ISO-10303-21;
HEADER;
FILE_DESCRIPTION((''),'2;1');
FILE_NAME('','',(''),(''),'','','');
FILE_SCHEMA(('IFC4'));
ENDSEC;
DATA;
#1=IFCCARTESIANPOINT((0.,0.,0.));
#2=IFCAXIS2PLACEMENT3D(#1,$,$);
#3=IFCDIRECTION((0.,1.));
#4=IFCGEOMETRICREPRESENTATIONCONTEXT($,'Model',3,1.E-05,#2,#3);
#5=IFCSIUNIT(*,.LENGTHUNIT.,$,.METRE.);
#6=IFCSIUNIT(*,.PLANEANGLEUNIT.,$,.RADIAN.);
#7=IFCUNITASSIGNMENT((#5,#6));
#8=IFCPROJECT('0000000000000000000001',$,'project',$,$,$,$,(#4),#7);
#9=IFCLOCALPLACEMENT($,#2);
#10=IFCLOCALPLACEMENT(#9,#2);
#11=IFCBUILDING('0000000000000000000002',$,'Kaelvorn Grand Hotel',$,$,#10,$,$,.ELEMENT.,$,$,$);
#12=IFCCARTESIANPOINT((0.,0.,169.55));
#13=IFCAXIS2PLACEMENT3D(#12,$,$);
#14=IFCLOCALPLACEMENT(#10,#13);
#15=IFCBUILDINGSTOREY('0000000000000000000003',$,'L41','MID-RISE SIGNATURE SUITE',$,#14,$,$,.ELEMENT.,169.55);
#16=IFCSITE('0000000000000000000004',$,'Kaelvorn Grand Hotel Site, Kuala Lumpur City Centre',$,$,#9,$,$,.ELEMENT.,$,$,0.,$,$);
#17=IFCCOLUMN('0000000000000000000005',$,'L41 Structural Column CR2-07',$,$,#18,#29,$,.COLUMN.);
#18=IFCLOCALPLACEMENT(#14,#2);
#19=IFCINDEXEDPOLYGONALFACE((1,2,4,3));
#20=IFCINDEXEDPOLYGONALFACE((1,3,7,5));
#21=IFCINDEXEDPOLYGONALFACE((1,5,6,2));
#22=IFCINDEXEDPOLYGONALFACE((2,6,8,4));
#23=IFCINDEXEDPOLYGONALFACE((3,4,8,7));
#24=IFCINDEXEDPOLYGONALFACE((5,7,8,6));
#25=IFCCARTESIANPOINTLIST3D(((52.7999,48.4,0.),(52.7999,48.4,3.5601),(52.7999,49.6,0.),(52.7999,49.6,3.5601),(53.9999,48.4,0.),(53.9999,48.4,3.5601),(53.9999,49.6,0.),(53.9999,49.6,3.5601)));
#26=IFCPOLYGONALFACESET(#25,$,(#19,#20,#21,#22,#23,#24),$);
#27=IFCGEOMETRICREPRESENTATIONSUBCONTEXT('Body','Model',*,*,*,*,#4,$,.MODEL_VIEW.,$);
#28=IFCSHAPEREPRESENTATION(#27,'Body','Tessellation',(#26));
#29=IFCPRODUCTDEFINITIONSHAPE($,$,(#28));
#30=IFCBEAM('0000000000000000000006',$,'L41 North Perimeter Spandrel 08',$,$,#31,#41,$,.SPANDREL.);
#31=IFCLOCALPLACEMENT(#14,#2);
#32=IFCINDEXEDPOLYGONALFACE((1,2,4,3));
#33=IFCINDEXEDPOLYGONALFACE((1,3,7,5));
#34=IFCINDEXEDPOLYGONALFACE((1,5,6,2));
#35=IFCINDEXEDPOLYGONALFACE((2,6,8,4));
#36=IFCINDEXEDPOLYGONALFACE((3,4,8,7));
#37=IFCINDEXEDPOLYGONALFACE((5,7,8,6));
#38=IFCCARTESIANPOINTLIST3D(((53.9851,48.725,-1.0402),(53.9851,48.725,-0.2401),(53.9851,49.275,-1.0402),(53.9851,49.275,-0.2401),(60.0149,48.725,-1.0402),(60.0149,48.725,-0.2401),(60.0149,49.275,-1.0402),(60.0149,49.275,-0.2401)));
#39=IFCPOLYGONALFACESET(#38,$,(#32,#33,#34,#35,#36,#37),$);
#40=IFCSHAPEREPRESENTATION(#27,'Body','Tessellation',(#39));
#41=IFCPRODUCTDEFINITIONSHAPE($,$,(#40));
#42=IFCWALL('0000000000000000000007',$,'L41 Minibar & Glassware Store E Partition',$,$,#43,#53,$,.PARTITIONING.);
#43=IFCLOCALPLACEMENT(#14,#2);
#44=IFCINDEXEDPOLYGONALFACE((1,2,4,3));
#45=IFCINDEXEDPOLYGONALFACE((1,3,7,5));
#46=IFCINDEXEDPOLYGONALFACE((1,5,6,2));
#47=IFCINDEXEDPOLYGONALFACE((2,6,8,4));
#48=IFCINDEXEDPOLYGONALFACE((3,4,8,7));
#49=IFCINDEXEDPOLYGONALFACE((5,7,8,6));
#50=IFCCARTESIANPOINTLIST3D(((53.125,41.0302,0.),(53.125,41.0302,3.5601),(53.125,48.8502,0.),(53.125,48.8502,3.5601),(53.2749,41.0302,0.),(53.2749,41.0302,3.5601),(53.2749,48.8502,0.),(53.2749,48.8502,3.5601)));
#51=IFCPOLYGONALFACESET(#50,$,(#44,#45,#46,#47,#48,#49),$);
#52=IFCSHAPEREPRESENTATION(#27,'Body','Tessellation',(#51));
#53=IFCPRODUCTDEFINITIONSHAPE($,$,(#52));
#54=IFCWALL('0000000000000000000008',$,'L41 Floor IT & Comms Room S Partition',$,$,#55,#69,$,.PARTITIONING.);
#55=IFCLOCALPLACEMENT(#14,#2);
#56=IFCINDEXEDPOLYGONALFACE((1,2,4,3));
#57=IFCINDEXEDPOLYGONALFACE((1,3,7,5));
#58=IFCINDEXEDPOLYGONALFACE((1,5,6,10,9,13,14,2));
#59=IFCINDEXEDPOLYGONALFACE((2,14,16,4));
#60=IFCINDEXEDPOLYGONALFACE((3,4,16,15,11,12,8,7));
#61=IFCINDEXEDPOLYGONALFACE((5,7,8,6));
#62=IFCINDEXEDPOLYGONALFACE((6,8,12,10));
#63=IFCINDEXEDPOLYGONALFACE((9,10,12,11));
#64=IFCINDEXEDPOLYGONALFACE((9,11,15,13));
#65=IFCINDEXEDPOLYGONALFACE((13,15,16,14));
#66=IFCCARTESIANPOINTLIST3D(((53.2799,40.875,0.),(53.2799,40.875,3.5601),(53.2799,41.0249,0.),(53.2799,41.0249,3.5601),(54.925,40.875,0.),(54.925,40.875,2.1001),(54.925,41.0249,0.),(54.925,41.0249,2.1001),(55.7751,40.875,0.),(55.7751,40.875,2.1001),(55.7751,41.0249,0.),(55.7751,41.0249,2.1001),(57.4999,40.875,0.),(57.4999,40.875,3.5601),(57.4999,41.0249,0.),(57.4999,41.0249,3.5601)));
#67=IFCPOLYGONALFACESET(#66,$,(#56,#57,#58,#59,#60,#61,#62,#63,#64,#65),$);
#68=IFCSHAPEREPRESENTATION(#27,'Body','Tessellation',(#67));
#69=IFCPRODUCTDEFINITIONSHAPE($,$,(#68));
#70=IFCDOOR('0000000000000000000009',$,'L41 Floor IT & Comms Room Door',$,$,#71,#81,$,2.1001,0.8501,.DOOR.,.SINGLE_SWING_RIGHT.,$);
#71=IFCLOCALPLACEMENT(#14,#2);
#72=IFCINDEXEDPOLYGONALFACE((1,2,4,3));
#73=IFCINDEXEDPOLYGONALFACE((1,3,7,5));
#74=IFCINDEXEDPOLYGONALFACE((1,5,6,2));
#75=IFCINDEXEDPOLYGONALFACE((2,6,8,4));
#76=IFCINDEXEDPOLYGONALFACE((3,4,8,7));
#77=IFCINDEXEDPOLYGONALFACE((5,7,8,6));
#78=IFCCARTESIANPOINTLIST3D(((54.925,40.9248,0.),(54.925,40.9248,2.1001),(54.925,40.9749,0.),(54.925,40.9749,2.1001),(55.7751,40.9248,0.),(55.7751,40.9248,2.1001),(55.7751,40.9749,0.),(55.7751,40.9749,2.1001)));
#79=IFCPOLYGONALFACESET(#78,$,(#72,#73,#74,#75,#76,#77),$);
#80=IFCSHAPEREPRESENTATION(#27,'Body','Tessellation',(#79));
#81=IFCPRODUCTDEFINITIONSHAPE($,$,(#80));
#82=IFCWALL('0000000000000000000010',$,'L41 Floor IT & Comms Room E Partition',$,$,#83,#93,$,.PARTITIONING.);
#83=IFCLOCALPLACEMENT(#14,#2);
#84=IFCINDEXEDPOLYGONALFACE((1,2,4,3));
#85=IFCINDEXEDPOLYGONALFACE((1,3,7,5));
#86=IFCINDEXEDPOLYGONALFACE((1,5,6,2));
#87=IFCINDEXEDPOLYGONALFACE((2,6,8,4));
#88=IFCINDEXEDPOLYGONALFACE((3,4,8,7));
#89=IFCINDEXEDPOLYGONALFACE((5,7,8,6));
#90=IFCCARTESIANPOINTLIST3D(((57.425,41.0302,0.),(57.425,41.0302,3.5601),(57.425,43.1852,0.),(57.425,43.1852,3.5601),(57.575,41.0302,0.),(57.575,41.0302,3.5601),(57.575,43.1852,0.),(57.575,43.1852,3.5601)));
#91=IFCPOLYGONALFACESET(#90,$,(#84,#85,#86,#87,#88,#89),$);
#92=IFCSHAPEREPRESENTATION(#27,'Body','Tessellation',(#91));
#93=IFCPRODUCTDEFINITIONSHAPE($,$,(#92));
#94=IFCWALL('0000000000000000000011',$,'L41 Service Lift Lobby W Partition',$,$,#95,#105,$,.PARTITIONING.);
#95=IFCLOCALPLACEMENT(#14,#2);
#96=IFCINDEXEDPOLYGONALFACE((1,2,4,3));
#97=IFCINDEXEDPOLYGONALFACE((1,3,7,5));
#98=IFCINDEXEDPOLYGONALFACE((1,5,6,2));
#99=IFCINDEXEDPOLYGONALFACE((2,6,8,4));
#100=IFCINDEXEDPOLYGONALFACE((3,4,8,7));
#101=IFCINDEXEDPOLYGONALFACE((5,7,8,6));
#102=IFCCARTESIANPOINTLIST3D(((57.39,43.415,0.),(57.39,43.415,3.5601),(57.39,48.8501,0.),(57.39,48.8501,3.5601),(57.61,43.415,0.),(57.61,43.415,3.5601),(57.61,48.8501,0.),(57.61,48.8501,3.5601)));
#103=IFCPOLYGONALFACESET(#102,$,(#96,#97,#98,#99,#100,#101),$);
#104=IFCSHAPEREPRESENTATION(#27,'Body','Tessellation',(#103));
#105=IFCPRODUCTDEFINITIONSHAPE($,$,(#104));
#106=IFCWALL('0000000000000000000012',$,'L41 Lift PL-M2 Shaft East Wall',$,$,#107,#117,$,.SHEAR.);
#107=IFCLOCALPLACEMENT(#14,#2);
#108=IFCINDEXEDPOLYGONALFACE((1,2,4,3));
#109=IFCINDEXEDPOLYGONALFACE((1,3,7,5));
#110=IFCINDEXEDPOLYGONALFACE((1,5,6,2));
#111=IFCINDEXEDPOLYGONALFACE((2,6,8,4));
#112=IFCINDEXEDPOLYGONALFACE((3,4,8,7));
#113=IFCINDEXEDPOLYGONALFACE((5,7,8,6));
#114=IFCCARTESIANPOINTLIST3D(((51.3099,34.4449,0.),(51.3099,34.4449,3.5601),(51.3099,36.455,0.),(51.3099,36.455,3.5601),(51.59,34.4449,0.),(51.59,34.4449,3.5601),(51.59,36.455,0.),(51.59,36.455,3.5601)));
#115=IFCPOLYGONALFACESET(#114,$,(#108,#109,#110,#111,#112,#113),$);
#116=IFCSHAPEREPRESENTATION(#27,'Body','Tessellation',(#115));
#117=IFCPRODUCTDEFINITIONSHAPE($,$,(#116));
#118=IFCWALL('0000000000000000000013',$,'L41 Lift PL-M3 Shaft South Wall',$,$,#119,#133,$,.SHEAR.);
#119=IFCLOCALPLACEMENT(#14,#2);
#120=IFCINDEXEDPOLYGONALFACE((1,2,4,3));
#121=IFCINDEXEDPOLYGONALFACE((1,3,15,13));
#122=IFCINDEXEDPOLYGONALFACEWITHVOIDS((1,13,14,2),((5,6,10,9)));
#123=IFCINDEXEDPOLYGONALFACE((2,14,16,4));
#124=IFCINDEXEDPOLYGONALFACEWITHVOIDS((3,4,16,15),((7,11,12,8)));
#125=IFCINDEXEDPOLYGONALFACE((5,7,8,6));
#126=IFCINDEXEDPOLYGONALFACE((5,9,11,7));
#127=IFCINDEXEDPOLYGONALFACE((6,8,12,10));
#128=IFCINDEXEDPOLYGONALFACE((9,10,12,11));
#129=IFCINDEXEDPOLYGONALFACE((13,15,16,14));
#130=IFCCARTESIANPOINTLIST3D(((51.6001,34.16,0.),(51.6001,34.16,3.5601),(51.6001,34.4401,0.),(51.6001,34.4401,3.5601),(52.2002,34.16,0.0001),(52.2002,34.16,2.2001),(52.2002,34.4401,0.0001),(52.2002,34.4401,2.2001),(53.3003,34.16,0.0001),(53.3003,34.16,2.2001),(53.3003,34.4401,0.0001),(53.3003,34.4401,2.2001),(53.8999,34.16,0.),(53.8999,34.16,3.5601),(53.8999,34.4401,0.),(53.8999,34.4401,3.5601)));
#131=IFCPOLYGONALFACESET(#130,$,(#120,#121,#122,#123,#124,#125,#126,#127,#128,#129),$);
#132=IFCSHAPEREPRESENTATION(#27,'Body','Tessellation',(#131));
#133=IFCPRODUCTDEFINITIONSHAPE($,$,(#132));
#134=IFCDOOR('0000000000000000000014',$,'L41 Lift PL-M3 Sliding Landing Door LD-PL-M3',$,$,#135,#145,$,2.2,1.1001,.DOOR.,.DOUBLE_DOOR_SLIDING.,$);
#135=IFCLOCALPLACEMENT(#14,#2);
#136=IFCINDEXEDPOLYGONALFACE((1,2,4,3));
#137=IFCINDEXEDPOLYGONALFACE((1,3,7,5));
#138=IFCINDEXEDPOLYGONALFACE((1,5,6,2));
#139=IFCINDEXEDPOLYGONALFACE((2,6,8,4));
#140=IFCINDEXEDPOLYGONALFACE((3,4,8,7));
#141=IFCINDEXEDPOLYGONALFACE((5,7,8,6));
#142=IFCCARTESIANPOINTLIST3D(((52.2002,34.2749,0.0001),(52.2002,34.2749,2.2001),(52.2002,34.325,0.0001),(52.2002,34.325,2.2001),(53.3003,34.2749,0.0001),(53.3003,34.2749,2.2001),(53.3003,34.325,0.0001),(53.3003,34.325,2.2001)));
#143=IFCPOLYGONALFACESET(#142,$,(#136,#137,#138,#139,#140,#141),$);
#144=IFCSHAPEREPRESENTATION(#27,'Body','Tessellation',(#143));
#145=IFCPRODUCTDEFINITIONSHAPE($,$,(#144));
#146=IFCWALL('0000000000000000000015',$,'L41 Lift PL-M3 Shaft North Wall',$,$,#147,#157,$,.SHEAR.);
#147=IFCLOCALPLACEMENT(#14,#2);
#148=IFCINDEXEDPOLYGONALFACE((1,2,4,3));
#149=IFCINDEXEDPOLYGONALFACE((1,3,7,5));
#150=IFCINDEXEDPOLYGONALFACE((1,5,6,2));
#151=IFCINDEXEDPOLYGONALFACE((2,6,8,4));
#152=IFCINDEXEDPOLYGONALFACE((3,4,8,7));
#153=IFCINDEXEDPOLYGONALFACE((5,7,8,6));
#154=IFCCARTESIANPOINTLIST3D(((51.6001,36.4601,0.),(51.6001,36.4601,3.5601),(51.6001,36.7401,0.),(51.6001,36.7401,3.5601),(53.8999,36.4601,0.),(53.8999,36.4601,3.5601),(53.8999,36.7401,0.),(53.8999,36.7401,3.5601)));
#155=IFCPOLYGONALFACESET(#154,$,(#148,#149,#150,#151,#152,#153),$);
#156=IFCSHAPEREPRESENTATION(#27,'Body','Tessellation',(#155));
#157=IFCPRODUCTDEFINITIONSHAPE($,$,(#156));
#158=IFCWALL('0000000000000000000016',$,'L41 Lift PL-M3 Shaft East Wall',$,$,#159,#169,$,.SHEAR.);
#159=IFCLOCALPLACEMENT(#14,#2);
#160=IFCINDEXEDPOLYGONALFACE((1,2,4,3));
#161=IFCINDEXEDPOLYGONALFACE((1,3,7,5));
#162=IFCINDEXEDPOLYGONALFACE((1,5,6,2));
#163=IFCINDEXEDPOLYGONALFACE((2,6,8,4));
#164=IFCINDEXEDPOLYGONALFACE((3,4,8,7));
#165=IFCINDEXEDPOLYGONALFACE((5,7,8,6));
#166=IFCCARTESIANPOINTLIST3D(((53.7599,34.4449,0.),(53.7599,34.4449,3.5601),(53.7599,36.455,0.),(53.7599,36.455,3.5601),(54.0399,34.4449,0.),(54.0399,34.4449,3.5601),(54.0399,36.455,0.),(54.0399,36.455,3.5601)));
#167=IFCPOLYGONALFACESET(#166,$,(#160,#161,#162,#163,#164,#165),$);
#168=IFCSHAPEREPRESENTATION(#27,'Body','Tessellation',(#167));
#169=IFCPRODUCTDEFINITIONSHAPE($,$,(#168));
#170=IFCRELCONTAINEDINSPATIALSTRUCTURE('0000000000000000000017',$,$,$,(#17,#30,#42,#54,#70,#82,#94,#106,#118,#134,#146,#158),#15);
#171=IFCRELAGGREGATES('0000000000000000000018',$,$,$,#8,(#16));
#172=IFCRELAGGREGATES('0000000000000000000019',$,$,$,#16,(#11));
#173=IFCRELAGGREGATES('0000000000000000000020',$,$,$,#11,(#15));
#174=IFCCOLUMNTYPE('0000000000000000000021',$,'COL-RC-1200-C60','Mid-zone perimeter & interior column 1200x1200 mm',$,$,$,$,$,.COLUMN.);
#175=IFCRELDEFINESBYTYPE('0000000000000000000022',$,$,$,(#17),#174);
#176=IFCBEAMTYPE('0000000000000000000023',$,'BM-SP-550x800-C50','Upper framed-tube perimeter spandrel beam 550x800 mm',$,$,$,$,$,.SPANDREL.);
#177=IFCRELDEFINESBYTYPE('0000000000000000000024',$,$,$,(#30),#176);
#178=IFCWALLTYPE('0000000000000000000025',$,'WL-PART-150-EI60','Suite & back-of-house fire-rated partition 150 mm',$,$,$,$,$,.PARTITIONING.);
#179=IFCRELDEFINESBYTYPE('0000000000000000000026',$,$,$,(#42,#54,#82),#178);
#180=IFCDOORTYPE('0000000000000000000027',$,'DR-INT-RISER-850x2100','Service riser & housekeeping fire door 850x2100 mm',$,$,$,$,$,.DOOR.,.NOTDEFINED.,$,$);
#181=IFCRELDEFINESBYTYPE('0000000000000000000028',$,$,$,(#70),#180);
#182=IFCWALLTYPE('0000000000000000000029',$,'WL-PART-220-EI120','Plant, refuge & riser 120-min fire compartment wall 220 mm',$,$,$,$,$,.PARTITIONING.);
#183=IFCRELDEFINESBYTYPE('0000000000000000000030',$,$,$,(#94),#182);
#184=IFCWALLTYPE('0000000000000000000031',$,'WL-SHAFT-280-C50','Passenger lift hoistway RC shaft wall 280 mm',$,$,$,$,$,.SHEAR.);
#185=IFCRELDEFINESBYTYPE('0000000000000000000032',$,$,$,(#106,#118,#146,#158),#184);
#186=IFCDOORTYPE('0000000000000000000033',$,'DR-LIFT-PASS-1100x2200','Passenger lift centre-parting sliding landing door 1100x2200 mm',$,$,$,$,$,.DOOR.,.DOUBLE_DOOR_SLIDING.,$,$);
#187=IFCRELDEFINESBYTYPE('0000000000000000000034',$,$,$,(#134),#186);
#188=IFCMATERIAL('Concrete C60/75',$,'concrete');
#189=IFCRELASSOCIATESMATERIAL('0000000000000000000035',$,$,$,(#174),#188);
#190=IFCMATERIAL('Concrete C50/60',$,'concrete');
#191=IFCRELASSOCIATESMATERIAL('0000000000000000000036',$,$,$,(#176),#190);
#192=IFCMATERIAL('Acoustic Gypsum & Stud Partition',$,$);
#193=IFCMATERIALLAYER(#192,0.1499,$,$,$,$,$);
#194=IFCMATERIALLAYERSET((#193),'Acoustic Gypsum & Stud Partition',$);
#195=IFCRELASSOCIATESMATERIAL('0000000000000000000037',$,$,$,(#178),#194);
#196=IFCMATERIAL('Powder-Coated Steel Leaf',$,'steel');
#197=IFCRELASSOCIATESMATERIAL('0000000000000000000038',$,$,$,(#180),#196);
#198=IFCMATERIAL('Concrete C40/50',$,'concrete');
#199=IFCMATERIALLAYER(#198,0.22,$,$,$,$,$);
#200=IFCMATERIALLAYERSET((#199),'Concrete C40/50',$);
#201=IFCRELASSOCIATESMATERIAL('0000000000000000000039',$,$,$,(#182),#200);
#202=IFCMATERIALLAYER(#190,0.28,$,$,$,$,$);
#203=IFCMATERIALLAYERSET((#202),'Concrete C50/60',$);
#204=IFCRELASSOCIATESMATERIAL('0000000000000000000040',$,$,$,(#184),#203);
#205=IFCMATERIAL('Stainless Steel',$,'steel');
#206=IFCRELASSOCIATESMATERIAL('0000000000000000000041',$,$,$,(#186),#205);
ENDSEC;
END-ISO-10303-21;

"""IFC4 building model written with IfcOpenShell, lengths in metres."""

from ifc_helpers import new_model, si_unit, direction, frame, frame_2d, origin, origin_2d, place, context, subcontext, project, spatial, rectangle, extrude, material, layer, layer_set, material_profile, profile_set, type_object, element, fill, save


model = new_model("IFC4")

# Units and contexts
model_context = context("Model", 3, precision=1e-05, world=origin(), true_north=direction((0.0, 1.0)))
body_context = subcontext(model_context, "Body", "Model", "MODEL_VIEW")
ifc_project = project(units=[si_unit("LENGTHUNIT", "METRE"), si_unit("PLANEANGLEUNIT", "RADIAN")], contexts=[model_context])

# Site, building, storey
site_placement = place(None, origin())
site = spatial("IfcSite", under=ifc_project, at=site_placement, Name="Kaelvorn Grand Hotel Site, Kuala Lumpur City Centre", CompositionType="ELEMENT", RefElevation=0.0)
building_placement = place(site_placement, origin())
building = spatial("IfcBuilding", under=site, at=building_placement, Name="Kaelvorn Grand Hotel", CompositionType="ELEMENT")
storey_placement = place(building_placement, frame((0.0, 0.0, 169.55)))
storey = spatial("IfcBuildingStorey", under=building, at=storey_placement, Name="L41", Description="MID-RISE SIGNATURE SUITE", CompositionType="ELEMENT", Elevation=169.55)

# Column
ifc_material_1 = material(Name="Concrete C60/75", Category="concrete")
ifc_material_profile_1 = material_profile(ifc_material_1, rectangle(XDim=1.2, YDim=1.2, at=origin_2d()), Name="RC COL 1200x1200")
ifc_profile_set_1 = profile_set([ifc_material_profile_1], Name="Concrete C60/75")
column_type = type_object("IfcColumnType", Name="COL-RC-1200-C60", Description="Mid-zone perimeter & interior column 1200x1200 mm", PredefinedType="COLUMN", material=ifc_profile_set_1)
column_placement = place(storey_placement, frame((53.3999, 49.0, 0.0), z_axis=(0.0, 0.0, 1.0), x_axis=(1.0, 0.0, 0.0)))
element("IfcColumn", 1, at=column_placement, inside=storey, type_object=column_type, Name="L41 Structural Column CR2-07", PredefinedType="COLUMN", context=body_context, shape_type="SweptSolid", body=[
    extrude(rectangle(XDim=1.2, YDim=1.2, at=origin_2d()), origin(), (0.0, 0.0, 1.0), 3.5601),
])

# Beam
ifc_material_2 = material(Name="Concrete C50/60", Category="concrete")
ifc_material_profile_2 = material_profile(ifc_material_2, rectangle(XDim=0.55, YDim=0.8, at=origin_2d()), Name="RC SPANDREL 550x800")
ifc_profile_set_2 = profile_set([ifc_material_profile_2], Name="Concrete C50/60")
beam_type = type_object("IfcBeamType", Name="BM-SP-550x800-C50", Description="Upper framed-tube perimeter spandrel beam 550x800 mm", PredefinedType="SPANDREL", material=ifc_profile_set_2)
beam_placement = place(storey_placement, frame((53.9851, 49.0, -0.6401), z_axis=(1.0, 0.0, 0.0), x_axis=(0.0, 1.0, 0.0)))
element("IfcBeam", 2, at=beam_placement, inside=storey, type_object=beam_type, Name="L41 North Perimeter Spandrel 08", PredefinedType="SPANDREL", context=body_context, shape_type="SweptSolid", body=[
    extrude(rectangle(XDim=0.55, YDim=0.8, at=origin_2d()), origin(), (0.0, 0.0, 1.0), 6.0298),
])

# Wall
ifc_material_3 = material(Name="Acoustic Gypsum & Stud Partition")
ifc_layer_1 = layer(ifc_material_3, 0.1499)
ifc_layer_set_1 = layer_set([ifc_layer_1], Name="Acoustic Gypsum & Stud Partition")
wall_type_1 = type_object("IfcWallType", Name="WL-PART-150-EI60", Description="Suite & back-of-house fire-rated partition 150 mm", PredefinedType="PARTITIONING", material=ifc_layer_set_1)
wall_1_placement = place(storey_placement, frame((53.2, 41.03, 0.0), z_axis=(0.0, 0.0, 1.0), x_axis=(0.0, 1.0, 0.0)))
element("IfcWall", 3, at=wall_1_placement, inside=storey, type_object=wall_type_1, Name="L41 Minibar & Glassware Store E Partition", PredefinedType="PARTITIONING", context=body_context, shape_type="SweptSolid", body=[
    extrude(rectangle(XDim=7.8201, YDim=0.1499, at=frame_2d((3.9102, 0.0))), origin(), (0.0, 0.0, 1.0), 3.5601),
])

# Wall, opening, door
wall_2_placement = place(storey_placement, frame((53.28, 40.95, 0.0), z_axis=(0.0, 0.0, 1.0), x_axis=(1.0, 0.0, 0.0)))
wall_2 = element("IfcWall", 4, at=wall_2_placement, inside=storey, type_object=wall_type_1, Name="L41 Floor IT & Comms Room S Partition", PredefinedType="PARTITIONING", context=body_context, shape_type="SweptSolid", body=[
    extrude(rectangle(XDim=4.22, YDim=0.1499, at=frame_2d((2.1099, 0.0))), origin(), (0.0, 0.0, 1.0), 3.5601),
])
opening_1_placement = place(wall_2_placement, frame((1.645, 0.0, 0.0)))
opening_1 = element("IfcOpeningElement", 5, at=opening_1_placement, cuts=wall_2, PredefinedType="OPENING", context=body_context, shape_type="SweptSolid", body=[
    extrude(rectangle(XDim=0.8501, YDim=2.1001, at=frame_2d((0.425, 1.05))), frame((0.0, 0.085, 0.0), z_axis=(0.0, -1.0, 0.0), x_axis=(1.0, 0.0, 0.0)), (0.0, 0.0, 1.0), 0.1699),
])
ifc_material_4 = material(Name="Powder-Coated Steel Leaf", Category="steel")
door_type_1 = type_object("IfcDoorType", Name="DR-INT-RISER-850x2100", Description="Service riser & housekeeping fire door 850x2100 mm", OperationType="NOTDEFINED", PredefinedType="DOOR", material=ifc_material_4)
door_1_placement = place(opening_1_placement, origin())
door_1 = element("IfcDoor", 6, at=door_1_placement, inside=storey, type_object=door_type_1, Name="L41 Floor IT & Comms Room Door", OperationType="SINGLE_SWING_RIGHT", OverallHeight=2.1001, OverallWidth=0.8501, PredefinedType="DOOR", context=body_context, shape_type="SweptSolid", body=[
    extrude(rectangle(XDim=0.8501, YDim=2.1001, at=frame_2d((0.425, 1.05))), frame((0.0, 0.0249, 0.0), z_axis=(0.0, -1.0, 0.0), x_axis=(1.0, 0.0, 0.0)), (0.0, 0.0, 1.0), 0.05),
])
fill(opening_1, door_1)

# Wall
wall_3_placement = place(storey_placement, frame((57.5, 41.03, 0.0), z_axis=(0.0, 0.0, 1.0), x_axis=(0.0, 1.0, 0.0)))
element("IfcWall", 7, at=wall_3_placement, inside=storey, type_object=wall_type_1, Name="L41 Floor IT & Comms Room E Partition", PredefinedType="PARTITIONING", context=body_context, shape_type="SweptSolid", body=[
    extrude(rectangle(XDim=2.155, YDim=0.1499, at=frame_2d((1.0776, 0.0))), origin(), (0.0, 0.0, 1.0), 3.5601),
])

# Shared definitions
ifc_material_5 = material(Name="Concrete C40/50", Category="concrete")
ifc_layer_2 = layer(ifc_material_5, 0.22)
ifc_layer_set_2 = layer_set([ifc_layer_2], Name="Concrete C40/50")
wall_type_2 = type_object("IfcWallType", Name="WL-PART-220-EI120", Description="Plant, refuge & riser 120-min fire compartment wall 220 mm", PredefinedType="PARTITIONING", material=ifc_layer_set_2)

# Walls
wall_4_placement = place(storey_placement, frame((57.5, 43.415, 0.0), z_axis=(0.0, 0.0, 1.0), x_axis=(0.0, 1.0, 0.0)))
element("IfcWall", 8, at=wall_4_placement, inside=storey, type_object=wall_type_2, Name="L41 Service Lift Lobby W Partition", PredefinedType="PARTITIONING", context=body_context, shape_type="SweptSolid", body=[
    extrude(rectangle(XDim=5.4351, YDim=0.22, at=frame_2d((2.7175, 0.0))), origin(), (0.0, 0.0, 1.0), 3.5601),
])
ifc_layer_3 = layer(ifc_material_2, 0.28)
ifc_layer_set_3 = layer_set([ifc_layer_3], Name="Concrete C50/60")
wall_type_3 = type_object("IfcWallType", Name="WL-SHAFT-280-C50", Description="Passenger lift hoistway RC shaft wall 280 mm", PredefinedType="SHEAR", material=ifc_layer_set_3)
wall_5_placement = place(storey_placement, frame((51.45, 34.4451, 0.0), z_axis=(0.0, 0.0, 1.0), x_axis=(0.0, 1.0, 0.0)))
element("IfcWall", 9, at=wall_5_placement, inside=storey, type_object=wall_type_3, Name="L41 Lift PL-M2 Shaft East Wall", PredefinedType="SHEAR", context=body_context, shape_type="SweptSolid", body=[
    extrude(rectangle(XDim=2.01, YDim=0.28, at=frame_2d((1.0049, 0.0))), origin(), (0.0, 0.0, 1.0), 3.5601),
])

# Wall, opening, door
wall_6_placement = place(storey_placement, frame((51.6001, 34.3, 0.0), z_axis=(0.0, 0.0, 1.0), x_axis=(1.0, 0.0, 0.0)))
wall_6 = element("IfcWall", 10, at=wall_6_placement, inside=storey, type_object=wall_type_3, Name="L41 Lift PL-M3 Shaft South Wall", PredefinedType="SHEAR", context=body_context, shape_type="SweptSolid", body=[
    extrude(rectangle(XDim=2.2998, YDim=0.28, at=frame_2d((1.1499, 0.0))), origin(), (0.0, 0.0, 1.0), 3.5601),
])
opening_2_placement = place(wall_6_placement, frame((0.6001, 0.0, 0.0)))
opening_2 = element("IfcOpeningElement", 11, at=opening_2_placement, cuts=wall_6, PredefinedType="OPENING", context=body_context, shape_type="SweptSolid", body=[
    extrude(rectangle(XDim=1.1001, YDim=2.2, at=frame_2d((0.55, 1.1001))), frame((0.0, 0.1499, 0.0), z_axis=(0.0, -1.0, 0.0), x_axis=(1.0, 0.0, 0.0)), (0.0, 0.0, 1.0), 0.3),
])
ifc_material_6 = material(Name="Stainless Steel", Category="steel")
door_type_2 = type_object("IfcDoorType", Name="DR-LIFT-PASS-1100x2200", Description="Passenger lift centre-parting sliding landing door 1100x2200 mm", OperationType="DOUBLE_DOOR_SLIDING", PredefinedType="DOOR", material=ifc_material_6)
door_2_placement = place(opening_2_placement, origin())
door_2 = element("IfcDoor", 12, at=door_2_placement, inside=storey, type_object=door_type_2, Name="L41 Lift PL-M3 Sliding Landing Door LD-PL-M3", OperationType="DOUBLE_DOOR_SLIDING", OverallHeight=2.2, OverallWidth=1.1001, PredefinedType="DOOR", context=body_context, shape_type="SweptSolid", body=[
    extrude(rectangle(XDim=1.1001, YDim=2.2, at=frame_2d((0.55, 1.1001))), frame((0.0, 0.0249, 0.0), z_axis=(0.0, -1.0, 0.0), x_axis=(1.0, 0.0, 0.0)), (0.0, 0.0, 1.0), 0.05),
])
fill(opening_2, door_2)

# Walls
wall_7_placement = place(storey_placement, frame((51.6001, 36.6001, 0.0), z_axis=(0.0, 0.0, 1.0), x_axis=(1.0, 0.0, 0.0)))
element("IfcWall", 13, at=wall_7_placement, inside=storey, type_object=wall_type_3, Name="L41 Lift PL-M3 Shaft North Wall", PredefinedType="SHEAR", context=body_context, shape_type="SweptSolid", body=[
    extrude(rectangle(XDim=2.2998, YDim=0.28, at=frame_2d((1.1499, 0.0))), origin(), (0.0, 0.0, 1.0), 3.5601),
])
wall_8_placement = place(storey_placement, frame((53.8999, 34.4451, 0.0), z_axis=(0.0, 0.0, 1.0), x_axis=(0.0, 1.0, 0.0)))
element("IfcWall", 14, at=wall_8_placement, inside=storey, type_object=wall_type_3, Name="L41 Lift PL-M3 Shaft East Wall", PredefinedType="SHEAR", context=body_context, shape_type="SweptSolid", body=[
    extrude(rectangle(XDim=2.01, YDim=0.28, at=frame_2d((1.0049, 0.0))), origin(), (0.0, 0.0, 1.0), 3.5601),
])

save(model, "model.ifc")
